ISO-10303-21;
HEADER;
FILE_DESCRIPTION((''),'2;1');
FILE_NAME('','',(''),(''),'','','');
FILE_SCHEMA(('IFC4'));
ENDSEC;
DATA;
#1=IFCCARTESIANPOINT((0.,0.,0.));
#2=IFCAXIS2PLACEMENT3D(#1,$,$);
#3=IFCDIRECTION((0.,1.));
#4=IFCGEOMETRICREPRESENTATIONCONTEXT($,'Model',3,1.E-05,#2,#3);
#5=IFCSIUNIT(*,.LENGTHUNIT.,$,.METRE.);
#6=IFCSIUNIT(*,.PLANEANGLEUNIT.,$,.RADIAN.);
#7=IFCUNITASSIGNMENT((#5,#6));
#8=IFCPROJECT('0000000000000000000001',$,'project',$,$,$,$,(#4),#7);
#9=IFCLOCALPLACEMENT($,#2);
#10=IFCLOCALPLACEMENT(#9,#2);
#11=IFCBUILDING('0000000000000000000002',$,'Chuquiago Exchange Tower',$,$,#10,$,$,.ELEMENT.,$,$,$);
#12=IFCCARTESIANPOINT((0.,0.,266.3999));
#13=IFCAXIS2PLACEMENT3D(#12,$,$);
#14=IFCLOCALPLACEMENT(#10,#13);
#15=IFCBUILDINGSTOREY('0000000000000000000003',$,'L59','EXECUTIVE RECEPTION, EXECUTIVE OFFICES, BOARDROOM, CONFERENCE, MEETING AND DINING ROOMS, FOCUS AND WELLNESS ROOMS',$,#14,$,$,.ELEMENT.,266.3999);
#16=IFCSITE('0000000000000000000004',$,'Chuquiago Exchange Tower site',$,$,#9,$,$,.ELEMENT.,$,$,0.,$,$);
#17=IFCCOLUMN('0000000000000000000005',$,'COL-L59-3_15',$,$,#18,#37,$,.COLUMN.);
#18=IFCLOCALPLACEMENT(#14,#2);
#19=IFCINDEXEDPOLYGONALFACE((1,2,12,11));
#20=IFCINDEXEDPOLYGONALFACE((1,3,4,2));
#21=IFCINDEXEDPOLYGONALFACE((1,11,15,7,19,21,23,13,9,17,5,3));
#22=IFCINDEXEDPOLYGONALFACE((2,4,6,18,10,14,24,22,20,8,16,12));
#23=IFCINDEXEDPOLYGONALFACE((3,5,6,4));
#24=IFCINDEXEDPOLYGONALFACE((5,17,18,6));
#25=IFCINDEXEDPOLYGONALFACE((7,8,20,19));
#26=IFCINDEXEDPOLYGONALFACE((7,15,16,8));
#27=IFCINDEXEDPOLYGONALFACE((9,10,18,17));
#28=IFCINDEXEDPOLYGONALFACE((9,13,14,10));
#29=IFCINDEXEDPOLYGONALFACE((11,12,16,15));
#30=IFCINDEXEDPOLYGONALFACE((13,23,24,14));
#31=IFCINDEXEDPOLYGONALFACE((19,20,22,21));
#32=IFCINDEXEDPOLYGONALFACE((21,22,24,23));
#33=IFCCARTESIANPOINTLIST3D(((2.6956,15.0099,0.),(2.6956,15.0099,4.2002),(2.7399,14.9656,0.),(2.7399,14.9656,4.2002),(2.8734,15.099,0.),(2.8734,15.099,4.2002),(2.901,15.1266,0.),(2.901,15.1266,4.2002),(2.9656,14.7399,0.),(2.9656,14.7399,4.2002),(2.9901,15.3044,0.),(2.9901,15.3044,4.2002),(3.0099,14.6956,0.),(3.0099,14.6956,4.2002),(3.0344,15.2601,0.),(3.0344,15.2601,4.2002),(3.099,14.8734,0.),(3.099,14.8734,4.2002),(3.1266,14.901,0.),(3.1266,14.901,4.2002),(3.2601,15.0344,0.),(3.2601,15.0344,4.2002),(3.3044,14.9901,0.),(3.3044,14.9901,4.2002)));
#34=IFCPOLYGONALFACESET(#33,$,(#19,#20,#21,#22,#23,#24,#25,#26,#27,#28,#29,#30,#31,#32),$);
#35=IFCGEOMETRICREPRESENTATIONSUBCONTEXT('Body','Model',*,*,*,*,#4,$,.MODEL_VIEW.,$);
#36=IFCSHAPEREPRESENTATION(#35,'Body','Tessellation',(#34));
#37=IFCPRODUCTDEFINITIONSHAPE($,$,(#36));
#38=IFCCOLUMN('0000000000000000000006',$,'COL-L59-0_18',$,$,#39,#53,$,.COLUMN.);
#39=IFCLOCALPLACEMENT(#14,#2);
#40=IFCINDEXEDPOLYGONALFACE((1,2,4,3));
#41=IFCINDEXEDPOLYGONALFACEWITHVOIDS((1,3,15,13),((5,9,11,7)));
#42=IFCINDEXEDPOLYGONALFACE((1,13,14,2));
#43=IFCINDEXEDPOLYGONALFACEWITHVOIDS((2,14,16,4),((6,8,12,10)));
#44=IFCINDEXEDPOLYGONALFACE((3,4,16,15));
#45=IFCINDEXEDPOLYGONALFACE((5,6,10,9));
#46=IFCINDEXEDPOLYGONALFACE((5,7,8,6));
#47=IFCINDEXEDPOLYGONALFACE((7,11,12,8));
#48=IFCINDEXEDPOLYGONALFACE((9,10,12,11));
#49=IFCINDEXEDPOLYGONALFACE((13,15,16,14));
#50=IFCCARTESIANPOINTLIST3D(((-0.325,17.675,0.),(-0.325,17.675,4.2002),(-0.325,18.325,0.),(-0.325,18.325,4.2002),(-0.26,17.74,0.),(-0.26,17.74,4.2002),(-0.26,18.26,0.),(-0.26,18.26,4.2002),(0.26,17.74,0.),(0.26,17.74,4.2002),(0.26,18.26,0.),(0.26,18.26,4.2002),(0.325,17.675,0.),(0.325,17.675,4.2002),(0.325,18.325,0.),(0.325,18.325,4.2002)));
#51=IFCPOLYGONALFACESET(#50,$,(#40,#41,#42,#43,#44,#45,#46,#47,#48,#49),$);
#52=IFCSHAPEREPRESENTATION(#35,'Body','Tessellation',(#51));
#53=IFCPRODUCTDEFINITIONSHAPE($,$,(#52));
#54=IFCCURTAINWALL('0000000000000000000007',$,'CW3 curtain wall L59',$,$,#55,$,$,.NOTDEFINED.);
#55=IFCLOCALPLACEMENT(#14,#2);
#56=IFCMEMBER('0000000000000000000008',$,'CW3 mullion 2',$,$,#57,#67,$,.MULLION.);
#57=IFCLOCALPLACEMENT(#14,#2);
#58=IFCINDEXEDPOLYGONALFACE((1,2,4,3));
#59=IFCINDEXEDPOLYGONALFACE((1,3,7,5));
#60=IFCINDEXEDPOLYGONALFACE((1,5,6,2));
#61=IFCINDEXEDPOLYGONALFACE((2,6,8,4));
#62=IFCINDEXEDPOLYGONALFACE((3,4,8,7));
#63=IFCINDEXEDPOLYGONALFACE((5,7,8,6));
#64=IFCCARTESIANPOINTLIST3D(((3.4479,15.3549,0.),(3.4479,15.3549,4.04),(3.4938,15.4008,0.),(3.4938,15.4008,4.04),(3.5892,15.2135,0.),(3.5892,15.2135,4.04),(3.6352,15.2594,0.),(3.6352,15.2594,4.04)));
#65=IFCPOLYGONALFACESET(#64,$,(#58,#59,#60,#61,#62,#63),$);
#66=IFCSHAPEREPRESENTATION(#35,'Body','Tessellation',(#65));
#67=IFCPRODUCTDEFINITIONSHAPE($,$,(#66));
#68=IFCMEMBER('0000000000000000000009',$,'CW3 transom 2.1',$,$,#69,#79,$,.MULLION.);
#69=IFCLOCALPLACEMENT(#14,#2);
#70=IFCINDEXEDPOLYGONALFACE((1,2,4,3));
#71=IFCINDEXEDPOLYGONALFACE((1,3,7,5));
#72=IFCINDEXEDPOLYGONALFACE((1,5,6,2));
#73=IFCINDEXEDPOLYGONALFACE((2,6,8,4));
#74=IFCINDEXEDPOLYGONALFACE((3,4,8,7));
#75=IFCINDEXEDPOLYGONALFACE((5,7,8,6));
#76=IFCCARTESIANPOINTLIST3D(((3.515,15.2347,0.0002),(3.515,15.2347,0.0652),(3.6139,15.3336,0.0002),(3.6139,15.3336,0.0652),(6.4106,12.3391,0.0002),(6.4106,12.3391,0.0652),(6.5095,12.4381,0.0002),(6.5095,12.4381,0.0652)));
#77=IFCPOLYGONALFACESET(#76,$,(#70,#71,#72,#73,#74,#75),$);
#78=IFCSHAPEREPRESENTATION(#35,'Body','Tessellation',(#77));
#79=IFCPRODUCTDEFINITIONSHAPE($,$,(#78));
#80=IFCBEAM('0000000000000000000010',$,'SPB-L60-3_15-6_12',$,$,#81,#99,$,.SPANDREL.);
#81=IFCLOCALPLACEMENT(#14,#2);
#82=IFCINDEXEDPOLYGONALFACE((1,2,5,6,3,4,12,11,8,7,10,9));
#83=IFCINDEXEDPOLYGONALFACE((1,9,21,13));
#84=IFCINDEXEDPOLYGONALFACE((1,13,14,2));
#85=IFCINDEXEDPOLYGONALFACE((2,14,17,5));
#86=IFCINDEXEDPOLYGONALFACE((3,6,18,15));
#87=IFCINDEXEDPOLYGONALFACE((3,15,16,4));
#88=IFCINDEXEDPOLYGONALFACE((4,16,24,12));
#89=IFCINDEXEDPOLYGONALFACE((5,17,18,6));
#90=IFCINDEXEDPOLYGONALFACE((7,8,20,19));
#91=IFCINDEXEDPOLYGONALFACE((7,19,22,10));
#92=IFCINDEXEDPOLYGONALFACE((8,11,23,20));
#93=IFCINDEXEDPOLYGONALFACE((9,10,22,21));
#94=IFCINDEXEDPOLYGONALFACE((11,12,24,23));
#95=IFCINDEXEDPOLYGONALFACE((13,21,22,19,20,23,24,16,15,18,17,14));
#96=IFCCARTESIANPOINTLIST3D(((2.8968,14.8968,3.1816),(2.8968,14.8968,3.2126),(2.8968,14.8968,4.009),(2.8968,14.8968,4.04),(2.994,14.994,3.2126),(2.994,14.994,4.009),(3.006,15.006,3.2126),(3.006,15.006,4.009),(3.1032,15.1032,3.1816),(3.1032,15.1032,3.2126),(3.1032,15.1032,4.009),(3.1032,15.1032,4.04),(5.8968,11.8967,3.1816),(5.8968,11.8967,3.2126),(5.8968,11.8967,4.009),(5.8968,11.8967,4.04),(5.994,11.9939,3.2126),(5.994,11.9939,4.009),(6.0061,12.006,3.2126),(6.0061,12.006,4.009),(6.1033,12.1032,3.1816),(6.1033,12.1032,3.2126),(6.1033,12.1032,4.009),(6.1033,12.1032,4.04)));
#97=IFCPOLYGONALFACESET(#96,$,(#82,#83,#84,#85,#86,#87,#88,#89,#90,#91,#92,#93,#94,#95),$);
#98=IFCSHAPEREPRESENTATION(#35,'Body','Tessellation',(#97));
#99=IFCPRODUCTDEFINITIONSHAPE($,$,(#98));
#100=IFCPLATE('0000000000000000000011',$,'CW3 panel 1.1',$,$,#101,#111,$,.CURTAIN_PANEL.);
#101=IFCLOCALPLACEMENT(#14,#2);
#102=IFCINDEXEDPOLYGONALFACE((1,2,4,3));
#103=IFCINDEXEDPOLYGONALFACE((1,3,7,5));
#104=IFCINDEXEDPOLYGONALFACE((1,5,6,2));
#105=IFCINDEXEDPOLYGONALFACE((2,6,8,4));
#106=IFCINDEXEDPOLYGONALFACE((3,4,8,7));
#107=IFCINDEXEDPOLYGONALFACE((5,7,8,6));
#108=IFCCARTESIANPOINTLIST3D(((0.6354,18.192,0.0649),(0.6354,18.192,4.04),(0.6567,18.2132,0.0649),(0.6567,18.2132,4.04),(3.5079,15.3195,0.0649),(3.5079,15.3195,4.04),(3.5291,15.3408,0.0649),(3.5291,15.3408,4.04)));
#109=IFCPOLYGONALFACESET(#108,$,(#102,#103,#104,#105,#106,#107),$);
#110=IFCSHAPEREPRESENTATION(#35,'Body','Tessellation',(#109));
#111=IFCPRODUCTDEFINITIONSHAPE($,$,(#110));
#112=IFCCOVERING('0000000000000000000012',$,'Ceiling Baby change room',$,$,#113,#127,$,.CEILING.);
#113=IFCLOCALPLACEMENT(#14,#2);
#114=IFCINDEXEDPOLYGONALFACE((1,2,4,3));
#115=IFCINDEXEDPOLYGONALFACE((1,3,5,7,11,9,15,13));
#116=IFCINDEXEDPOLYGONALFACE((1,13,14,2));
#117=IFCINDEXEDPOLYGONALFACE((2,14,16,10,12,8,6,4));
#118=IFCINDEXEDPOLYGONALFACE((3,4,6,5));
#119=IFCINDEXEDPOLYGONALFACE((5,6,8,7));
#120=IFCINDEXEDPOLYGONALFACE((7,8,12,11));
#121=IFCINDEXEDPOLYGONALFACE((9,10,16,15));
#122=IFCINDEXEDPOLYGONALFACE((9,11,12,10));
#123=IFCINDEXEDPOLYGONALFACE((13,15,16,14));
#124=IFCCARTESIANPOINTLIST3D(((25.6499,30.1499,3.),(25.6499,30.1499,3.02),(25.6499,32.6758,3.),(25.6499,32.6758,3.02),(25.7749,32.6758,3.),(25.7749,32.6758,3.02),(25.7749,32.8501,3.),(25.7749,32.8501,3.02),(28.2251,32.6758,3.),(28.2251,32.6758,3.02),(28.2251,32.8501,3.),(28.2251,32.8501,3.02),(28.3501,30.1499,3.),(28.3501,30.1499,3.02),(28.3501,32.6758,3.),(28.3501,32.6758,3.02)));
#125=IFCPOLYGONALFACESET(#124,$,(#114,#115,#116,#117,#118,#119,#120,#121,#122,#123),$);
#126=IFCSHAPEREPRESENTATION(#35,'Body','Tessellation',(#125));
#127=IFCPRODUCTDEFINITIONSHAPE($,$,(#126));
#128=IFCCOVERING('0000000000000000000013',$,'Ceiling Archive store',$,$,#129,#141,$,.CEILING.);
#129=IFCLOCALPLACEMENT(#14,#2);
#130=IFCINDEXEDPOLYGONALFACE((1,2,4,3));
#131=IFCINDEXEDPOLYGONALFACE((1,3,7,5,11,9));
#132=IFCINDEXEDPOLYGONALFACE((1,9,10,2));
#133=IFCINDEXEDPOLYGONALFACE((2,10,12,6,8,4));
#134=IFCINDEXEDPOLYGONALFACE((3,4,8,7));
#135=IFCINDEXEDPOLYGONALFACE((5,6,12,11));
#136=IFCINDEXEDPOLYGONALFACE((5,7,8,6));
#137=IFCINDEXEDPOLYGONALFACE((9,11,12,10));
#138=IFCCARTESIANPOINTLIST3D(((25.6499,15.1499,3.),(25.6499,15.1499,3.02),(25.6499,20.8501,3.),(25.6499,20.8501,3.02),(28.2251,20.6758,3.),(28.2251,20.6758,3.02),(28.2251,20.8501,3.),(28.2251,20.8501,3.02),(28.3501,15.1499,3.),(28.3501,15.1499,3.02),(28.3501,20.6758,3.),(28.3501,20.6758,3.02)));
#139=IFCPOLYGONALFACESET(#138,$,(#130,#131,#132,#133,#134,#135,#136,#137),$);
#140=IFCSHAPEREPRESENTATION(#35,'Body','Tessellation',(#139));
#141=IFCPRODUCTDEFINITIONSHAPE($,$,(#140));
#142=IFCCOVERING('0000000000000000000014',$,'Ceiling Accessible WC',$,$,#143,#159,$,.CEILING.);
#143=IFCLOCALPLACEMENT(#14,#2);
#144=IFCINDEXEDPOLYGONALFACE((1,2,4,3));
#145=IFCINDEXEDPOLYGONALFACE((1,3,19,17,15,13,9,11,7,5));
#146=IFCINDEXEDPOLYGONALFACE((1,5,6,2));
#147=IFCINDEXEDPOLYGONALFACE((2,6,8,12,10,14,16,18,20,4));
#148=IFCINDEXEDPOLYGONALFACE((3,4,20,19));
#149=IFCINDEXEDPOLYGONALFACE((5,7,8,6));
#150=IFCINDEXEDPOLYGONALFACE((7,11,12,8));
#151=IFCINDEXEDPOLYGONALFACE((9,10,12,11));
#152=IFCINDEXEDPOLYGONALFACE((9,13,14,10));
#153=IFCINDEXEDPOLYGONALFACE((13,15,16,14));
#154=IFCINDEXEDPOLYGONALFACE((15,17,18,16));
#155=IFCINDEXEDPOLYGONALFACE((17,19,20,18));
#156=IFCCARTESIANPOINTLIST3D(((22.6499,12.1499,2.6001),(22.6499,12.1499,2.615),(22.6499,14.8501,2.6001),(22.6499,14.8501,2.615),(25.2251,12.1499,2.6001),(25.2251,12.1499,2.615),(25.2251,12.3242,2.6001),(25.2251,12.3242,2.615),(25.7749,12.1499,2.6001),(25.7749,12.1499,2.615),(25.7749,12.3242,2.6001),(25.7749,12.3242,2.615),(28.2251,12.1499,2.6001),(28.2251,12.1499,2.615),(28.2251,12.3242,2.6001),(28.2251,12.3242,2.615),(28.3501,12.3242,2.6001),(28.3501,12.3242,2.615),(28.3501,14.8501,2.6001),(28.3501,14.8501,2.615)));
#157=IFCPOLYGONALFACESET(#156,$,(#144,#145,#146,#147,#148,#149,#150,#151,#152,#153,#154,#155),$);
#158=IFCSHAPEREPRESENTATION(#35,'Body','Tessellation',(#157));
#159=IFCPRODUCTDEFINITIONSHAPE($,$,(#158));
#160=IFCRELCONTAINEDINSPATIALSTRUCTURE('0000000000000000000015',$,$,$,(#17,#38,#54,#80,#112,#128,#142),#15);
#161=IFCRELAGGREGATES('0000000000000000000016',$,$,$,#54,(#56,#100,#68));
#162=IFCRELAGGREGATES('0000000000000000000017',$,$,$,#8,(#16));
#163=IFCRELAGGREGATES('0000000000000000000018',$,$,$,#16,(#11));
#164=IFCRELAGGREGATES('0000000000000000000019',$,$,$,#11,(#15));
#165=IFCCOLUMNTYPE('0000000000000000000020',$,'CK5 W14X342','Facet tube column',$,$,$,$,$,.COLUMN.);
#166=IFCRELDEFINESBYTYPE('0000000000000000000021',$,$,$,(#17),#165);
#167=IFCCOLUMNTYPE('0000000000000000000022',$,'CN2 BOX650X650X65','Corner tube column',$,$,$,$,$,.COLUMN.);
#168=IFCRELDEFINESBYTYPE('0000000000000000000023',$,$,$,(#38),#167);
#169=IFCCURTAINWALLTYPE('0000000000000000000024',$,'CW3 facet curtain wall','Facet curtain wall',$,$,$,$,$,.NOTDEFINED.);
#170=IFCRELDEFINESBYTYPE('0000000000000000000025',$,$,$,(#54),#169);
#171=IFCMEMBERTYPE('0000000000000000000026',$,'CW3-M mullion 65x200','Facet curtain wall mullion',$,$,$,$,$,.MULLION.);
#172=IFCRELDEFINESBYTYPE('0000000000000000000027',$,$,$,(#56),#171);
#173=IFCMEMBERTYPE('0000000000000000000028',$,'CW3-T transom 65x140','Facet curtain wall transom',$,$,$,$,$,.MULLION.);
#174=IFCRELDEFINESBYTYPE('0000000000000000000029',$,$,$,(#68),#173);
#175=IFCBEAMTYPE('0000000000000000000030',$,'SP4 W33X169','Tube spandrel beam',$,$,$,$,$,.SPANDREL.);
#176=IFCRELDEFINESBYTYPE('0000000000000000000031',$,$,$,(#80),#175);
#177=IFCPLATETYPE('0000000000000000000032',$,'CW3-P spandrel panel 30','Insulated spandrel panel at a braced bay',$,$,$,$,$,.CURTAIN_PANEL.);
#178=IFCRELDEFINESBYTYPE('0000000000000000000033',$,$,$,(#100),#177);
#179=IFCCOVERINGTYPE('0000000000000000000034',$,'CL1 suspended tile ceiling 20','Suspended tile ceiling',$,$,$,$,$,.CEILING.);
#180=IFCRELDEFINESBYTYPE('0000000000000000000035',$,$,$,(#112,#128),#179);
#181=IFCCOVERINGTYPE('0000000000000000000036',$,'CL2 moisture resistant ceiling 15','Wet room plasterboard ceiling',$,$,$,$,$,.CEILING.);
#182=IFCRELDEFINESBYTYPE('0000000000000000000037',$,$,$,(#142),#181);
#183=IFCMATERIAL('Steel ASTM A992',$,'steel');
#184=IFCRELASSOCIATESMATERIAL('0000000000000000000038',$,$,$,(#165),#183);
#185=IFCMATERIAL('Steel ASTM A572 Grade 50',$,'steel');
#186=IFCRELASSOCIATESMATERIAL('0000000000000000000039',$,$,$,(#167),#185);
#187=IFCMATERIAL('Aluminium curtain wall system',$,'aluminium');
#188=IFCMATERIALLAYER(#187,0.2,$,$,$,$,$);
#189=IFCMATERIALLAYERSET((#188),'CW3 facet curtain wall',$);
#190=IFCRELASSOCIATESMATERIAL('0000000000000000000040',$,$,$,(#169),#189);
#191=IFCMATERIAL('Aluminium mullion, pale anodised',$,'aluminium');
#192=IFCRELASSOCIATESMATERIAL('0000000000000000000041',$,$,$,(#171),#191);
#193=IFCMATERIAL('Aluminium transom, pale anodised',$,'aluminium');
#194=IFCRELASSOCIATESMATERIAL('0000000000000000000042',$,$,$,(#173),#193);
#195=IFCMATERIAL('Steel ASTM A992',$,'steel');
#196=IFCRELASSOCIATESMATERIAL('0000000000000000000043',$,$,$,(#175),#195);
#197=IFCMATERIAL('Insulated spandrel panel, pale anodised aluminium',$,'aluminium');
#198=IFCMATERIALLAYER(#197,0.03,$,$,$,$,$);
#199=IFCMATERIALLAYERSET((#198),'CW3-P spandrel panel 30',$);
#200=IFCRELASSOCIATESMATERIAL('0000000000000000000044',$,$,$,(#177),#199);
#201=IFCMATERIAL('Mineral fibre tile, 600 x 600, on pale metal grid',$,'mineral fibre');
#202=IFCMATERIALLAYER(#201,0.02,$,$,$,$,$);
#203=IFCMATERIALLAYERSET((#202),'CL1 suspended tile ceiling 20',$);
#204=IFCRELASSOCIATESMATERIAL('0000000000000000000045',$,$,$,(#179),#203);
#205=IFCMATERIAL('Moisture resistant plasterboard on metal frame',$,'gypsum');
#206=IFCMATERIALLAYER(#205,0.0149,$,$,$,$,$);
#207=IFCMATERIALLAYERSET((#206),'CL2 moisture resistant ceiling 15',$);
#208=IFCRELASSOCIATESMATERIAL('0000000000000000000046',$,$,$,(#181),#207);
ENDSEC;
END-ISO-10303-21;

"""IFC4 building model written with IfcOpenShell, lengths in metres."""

from ifc_helpers import new_model, si_unit, direction, frame, origin, origin_2d, place, context, subcontext, project, spatial, polyline, rectangle, hollow_rectangle, i_section, outline, extrude, material, layer, layer_set, material_profile, profile_set, type_object, element, aggregate, save


model = new_model("IFC4")

# Units and contexts
model_context = context("Model", 3, precision=1e-05, world=origin(), true_north=direction((0.0, 1.0)))
body_context = subcontext(model_context, "Body", "Model", "MODEL_VIEW")
ifc_project = project(units=[si_unit("LENGTHUNIT", "METRE"), si_unit("PLANEANGLEUNIT", "RADIAN")], contexts=[model_context])

# Site, building, storey
site_placement = place(None, origin())
site = spatial("IfcSite", under=ifc_project, at=site_placement, Name="Chuquiago Exchange Tower site", CompositionType="ELEMENT", RefElevation=0.0)
building_placement = place(site_placement, origin())
building = spatial("IfcBuilding", under=site, at=building_placement, Name="Chuquiago Exchange Tower", CompositionType="ELEMENT")
storey_placement = place(building_placement, frame((0.0, 0.0, 266.3999)))
storey = spatial("IfcBuildingStorey", under=building, at=storey_placement, Name="L59", Description="EXECUTIVE RECEPTION, EXECUTIVE OFFICES, BOARDROOM, CONFERENCE, MEETING AND DINING ROOMS, FOCUS AND WELLNESS ROOMS", CompositionType="ELEMENT", Elevation=266.3999)

# Columns
ifc_material_1 = material(Name="Steel ASTM A992", Category="steel")
ifc_material_profile_1 = material_profile(ifc_material_1, i_section(OverallWidth=0.4165, OverallDepth=0.4446, WebThickness=0.0391, FlangeThickness=0.0627, at=origin_2d()), Name="W14X342")
ifc_profile_set_1 = profile_set([ifc_material_profile_1], Name="Steel ASTM A992")
column_type_1 = type_object("IfcColumnType", Name="CK5 W14X342", Description="Facet tube column", PredefinedType="COLUMN", material=ifc_profile_set_1)
column_1_placement = place(storey_placement, frame((3.0, 15.0, 0.0), z_axis=(0.0, 0.0, 1.0), x_axis=(-0.707107, -0.707107, 0.0)))
element("IfcColumn", 1, at=column_1_placement, inside=storey, type_object=column_type_1, Name="COL-L59-3_15", PredefinedType="COLUMN", context=body_context, shape_type="SweptSolid", body=[
    extrude(i_section(OverallWidth=0.4165, OverallDepth=0.4446, WebThickness=0.0391, FlangeThickness=0.0627, at=origin_2d()), origin(), (0.0, 0.0, 1.0), 4.2002),
])
ifc_material_2 = material(Name="Steel ASTM A572 Grade 50", Category="steel")
ifc_material_profile_2 = material_profile(ifc_material_2, hollow_rectangle(XDim=0.6499, YDim=0.6499, WallThickness=0.0649, at=origin_2d()), Name="BOX650X650X65")
ifc_profile_set_2 = profile_set([ifc_material_profile_2], Name="Steel ASTM A572 Grade 50")
column_type_2 = type_object("IfcColumnType", Name="CN2 BOX650X650X65", Description="Corner tube column", PredefinedType="COLUMN", material=ifc_profile_set_2)
column_2_placement = place(storey_placement, frame((0.0, 18.0, 0.0), z_axis=(0.0, 0.0, 1.0), x_axis=(-1.0, 0.0, 0.0)))
element("IfcColumn", 2, at=column_2_placement, inside=storey, type_object=column_type_2, Name="COL-L59-0_18", PredefinedType="COLUMN", context=body_context, shape_type="SweptSolid", body=[
    extrude(hollow_rectangle(XDim=0.6499, YDim=0.6499, WallThickness=0.0649, at=origin_2d()), origin(), (0.0, 0.0, 1.0), 4.2002),
])

# Curtain wall, members
ifc_material_3 = material(Name="Aluminium curtain wall system", Category="aluminium")
ifc_layer_1 = layer(ifc_material_3, 0.2)
ifc_layer_set_1 = layer_set([ifc_layer_1], Name="CW3 facet curtain wall")
curtain_wall_type = type_object("IfcCurtainWallType", Name="CW3 facet curtain wall", Description="Facet curtain wall", PredefinedType="NOTDEFINED", material=ifc_layer_set_1)
curtain_wall_placement = place(storey_placement, origin())
curtain_wall = element("IfcCurtainWall", 3, at=curtain_wall_placement, inside=storey, type_object=curtain_wall_type, Name="CW3 curtain wall L59", PredefinedType="NOTDEFINED")
ifc_material_4 = material(Name="Aluminium mullion, pale anodised", Category="aluminium")
ifc_material_profile_3 = material_profile(ifc_material_4, rectangle(XDim=0.0649, YDim=0.2, at=origin_2d()), Name="AL 65x200")
ifc_profile_set_3 = profile_set([ifc_material_profile_3], Name="Aluminium mullion, pale anodised")
member_type_1 = type_object("IfcMemberType", Name="CW3-M mullion 65x200", Description="Facet curtain wall mullion", PredefinedType="MULLION", material=ifc_profile_set_3)
member_1_placement = place(storey_placement, frame((3.5415, 15.3071, 0.0), z_axis=(0.0, 0.0, 1.0), x_axis=(0.707107, 0.707107, 0.0)))
member_1 = element("IfcMember", 4, at=member_1_placement, type_object=member_type_1, Name="CW3 mullion 2", PredefinedType="MULLION", context=body_context, shape_type="SweptSolid", body=[
    extrude(rectangle(XDim=0.0649, YDim=0.2, at=origin_2d()), origin(), (0.0, 0.0, 1.0), 4.04),
])
ifc_material_5 = material(Name="Aluminium transom, pale anodised", Category="aluminium")
ifc_material_profile_4 = material_profile(ifc_material_5, rectangle(XDim=0.1399, YDim=0.0649, at=origin_2d()), Name="AL 140x65")
ifc_profile_set_4 = profile_set([ifc_material_profile_4], Name="Aluminium transom, pale anodised")
member_type_2 = type_object("IfcMemberType", Name="CW3-T transom 65x140", Description="Facet curtain wall transom", PredefinedType="MULLION", material=ifc_profile_set_4)
member_2_placement = place(storey_placement, frame((3.5645, 15.2842, 0.0327), z_axis=(0.707107, -0.707107, 0.0), x_axis=(0.707107, 0.707107, 0.0)))
member_2 = element("IfcMember", 5, at=member_2_placement, type_object=member_type_2, Name="CW3 transom 2.1", PredefinedType="MULLION", context=body_context, shape_type="SweptSolid", body=[
    extrude(rectangle(XDim=0.1399, YDim=0.0649, at=origin_2d()), origin(), (0.0, 0.0, 1.0), 4.095),
])

# Beam
ifc_material_6 = material(Name="Steel ASTM A992", Category="steel")
ifc_material_profile_5 = material_profile(ifc_material_6, i_section(OverallWidth=0.292, OverallDepth=0.8584, WebThickness=0.0171, FlangeThickness=0.031, at=origin_2d()), Name="W33X169")
ifc_profile_set_5 = profile_set([ifc_material_profile_5], Name="Steel ASTM A992")
beam_type = type_object("IfcBeamType", Name="SP4 W33X169", Description="Tube spandrel beam", PredefinedType="SPANDREL", material=ifc_profile_set_5)
beam_placement = place(storey_placement, frame((3.0, 15.0, 3.6108), z_axis=(0.707107, -0.707107, 0.0), x_axis=(0.707107, 0.707107, 0.0)))
element("IfcBeam", 6, at=beam_placement, inside=storey, type_object=beam_type, Name="SPB-L60-3_15-6_12", PredefinedType="SPANDREL", context=body_context, shape_type="SweptSolid", body=[
    extrude(i_section(OverallWidth=0.292, OverallDepth=0.8584, WebThickness=0.0171, FlangeThickness=0.031, at=origin_2d()), origin(), (0.0, 0.0, 1.0), 4.2427),
])

# Plate
ifc_material_7 = material(Name="Insulated spandrel panel, pale anodised aluminium", Category="aluminium")
ifc_layer_2 = layer(ifc_material_7, 0.03)
ifc_layer_set_2 = layer_set([ifc_layer_2], Name="CW3-P spandrel panel 30")
plate_type = type_object("IfcPlateType", Name="CW3-P spandrel panel 30", Description="Insulated spandrel panel at a braced bay", PredefinedType="CURTAIN_PANEL", material=ifc_layer_set_2)
plate_placement = place(storey_placement, frame((2.0823, 16.7664, 0.0649), z_axis=(0.0, 0.0, 1.0), x_axis=(0.707107, -0.707107, 0.0)))
plate = element("IfcPlate", 7, at=plate_placement, type_object=plate_type, Name="CW3 panel 1.1", PredefinedType="CURTAIN_PANEL", context=body_context, shape_type="SweptSolid", body=[
    extrude(rectangle(XDim=4.0623, YDim=0.03, at=origin_2d()), origin(), (0.0, 0.0, 1.0), 3.9751),
])
aggregate(curtain_wall, [member_1, plate, member_2])

# Coverings
ifc_material_8 = material(Name="Mineral fibre tile, 600 x 600, on pale metal grid", Category="mineral fibre")
ifc_layer_3 = layer(ifc_material_8, 0.02)
ifc_layer_set_3 = layer_set([ifc_layer_3], Name="CL1 suspended tile ceiling 20")
covering_type_1 = type_object("IfcCoveringType", Name="CL1 suspended tile ceiling 20", Description="Suspended tile ceiling", PredefinedType="CEILING", material=ifc_layer_set_3)
covering_1_placement = place(storey_placement, frame((0.0, 0.0, 3.0)))
element("IfcCovering", 8, at=covering_1_placement, inside=storey, type_object=covering_type_1, Name="Ceiling Baby change room", PredefinedType="CEILING", context=body_context, shape_type="SweptSolid", body=[
    extrude(outline(polyline([(25.6499, 30.1499), (25.6499, 32.6758), (25.7749, 32.6758), (25.7749, 32.8501), (28.2251, 32.8501), (28.2251, 32.6758), (28.3501, 32.6758), (28.3501, 30.1499), (25.6499, 30.1499)])), origin(), (0.0, 0.0, 1.0), 0.02),
])
covering_2_placement = place(storey_placement, frame((0.0, 0.0, 3.0)))
element("IfcCovering", 9, at=covering_2_placement, inside=storey, type_object=covering_type_1, Name="Ceiling Archive store", PredefinedType="CEILING", context=body_context, shape_type="SweptSolid", body=[
    extrude(outline(polyline([(25.6499, 15.1499), (25.6499, 20.8501), (28.2251, 20.8501), (28.2251, 20.6758), (28.3501, 20.6758), (28.3501, 15.1499), (25.6499, 15.1499)])), origin(), (0.0, 0.0, 1.0), 0.02),
])
ifc_material_9 = material(Name="Moisture resistant plasterboard on metal frame", Category="gypsum")
ifc_layer_4 = layer(ifc_material_9, 0.0149)
ifc_layer_set_4 = layer_set([ifc_layer_4], Name="CL2 moisture resistant ceiling 15")
covering_type_2 = type_object("IfcCoveringType", Name="CL2 moisture resistant ceiling 15", Description="Wet room plasterboard ceiling", PredefinedType="CEILING", material=ifc_layer_set_4)
covering_3_placement = place(storey_placement, frame((0.0, 0.0, 2.6001)))
element("IfcCovering", 10, at=covering_3_placement, inside=storey, type_object=covering_type_2, Name="Ceiling Accessible WC", PredefinedType="CEILING", context=body_context, shape_type="SweptSolid", body=[
    extrude(outline(polyline([(25.7749, 12.1499), (25.7749, 12.3242), (25.2251, 12.3242), (25.2251, 12.1499), (22.6499, 12.1499), (22.6499, 14.8501), (28.3501, 14.8501), (28.3501, 12.3242), (28.2251, 12.3242), (28.2251, 12.1499), (25.7749, 12.1499)])), origin(), (0.0, 0.0, 1.0), 0.0149),
])

save(model, "model.ifc")
